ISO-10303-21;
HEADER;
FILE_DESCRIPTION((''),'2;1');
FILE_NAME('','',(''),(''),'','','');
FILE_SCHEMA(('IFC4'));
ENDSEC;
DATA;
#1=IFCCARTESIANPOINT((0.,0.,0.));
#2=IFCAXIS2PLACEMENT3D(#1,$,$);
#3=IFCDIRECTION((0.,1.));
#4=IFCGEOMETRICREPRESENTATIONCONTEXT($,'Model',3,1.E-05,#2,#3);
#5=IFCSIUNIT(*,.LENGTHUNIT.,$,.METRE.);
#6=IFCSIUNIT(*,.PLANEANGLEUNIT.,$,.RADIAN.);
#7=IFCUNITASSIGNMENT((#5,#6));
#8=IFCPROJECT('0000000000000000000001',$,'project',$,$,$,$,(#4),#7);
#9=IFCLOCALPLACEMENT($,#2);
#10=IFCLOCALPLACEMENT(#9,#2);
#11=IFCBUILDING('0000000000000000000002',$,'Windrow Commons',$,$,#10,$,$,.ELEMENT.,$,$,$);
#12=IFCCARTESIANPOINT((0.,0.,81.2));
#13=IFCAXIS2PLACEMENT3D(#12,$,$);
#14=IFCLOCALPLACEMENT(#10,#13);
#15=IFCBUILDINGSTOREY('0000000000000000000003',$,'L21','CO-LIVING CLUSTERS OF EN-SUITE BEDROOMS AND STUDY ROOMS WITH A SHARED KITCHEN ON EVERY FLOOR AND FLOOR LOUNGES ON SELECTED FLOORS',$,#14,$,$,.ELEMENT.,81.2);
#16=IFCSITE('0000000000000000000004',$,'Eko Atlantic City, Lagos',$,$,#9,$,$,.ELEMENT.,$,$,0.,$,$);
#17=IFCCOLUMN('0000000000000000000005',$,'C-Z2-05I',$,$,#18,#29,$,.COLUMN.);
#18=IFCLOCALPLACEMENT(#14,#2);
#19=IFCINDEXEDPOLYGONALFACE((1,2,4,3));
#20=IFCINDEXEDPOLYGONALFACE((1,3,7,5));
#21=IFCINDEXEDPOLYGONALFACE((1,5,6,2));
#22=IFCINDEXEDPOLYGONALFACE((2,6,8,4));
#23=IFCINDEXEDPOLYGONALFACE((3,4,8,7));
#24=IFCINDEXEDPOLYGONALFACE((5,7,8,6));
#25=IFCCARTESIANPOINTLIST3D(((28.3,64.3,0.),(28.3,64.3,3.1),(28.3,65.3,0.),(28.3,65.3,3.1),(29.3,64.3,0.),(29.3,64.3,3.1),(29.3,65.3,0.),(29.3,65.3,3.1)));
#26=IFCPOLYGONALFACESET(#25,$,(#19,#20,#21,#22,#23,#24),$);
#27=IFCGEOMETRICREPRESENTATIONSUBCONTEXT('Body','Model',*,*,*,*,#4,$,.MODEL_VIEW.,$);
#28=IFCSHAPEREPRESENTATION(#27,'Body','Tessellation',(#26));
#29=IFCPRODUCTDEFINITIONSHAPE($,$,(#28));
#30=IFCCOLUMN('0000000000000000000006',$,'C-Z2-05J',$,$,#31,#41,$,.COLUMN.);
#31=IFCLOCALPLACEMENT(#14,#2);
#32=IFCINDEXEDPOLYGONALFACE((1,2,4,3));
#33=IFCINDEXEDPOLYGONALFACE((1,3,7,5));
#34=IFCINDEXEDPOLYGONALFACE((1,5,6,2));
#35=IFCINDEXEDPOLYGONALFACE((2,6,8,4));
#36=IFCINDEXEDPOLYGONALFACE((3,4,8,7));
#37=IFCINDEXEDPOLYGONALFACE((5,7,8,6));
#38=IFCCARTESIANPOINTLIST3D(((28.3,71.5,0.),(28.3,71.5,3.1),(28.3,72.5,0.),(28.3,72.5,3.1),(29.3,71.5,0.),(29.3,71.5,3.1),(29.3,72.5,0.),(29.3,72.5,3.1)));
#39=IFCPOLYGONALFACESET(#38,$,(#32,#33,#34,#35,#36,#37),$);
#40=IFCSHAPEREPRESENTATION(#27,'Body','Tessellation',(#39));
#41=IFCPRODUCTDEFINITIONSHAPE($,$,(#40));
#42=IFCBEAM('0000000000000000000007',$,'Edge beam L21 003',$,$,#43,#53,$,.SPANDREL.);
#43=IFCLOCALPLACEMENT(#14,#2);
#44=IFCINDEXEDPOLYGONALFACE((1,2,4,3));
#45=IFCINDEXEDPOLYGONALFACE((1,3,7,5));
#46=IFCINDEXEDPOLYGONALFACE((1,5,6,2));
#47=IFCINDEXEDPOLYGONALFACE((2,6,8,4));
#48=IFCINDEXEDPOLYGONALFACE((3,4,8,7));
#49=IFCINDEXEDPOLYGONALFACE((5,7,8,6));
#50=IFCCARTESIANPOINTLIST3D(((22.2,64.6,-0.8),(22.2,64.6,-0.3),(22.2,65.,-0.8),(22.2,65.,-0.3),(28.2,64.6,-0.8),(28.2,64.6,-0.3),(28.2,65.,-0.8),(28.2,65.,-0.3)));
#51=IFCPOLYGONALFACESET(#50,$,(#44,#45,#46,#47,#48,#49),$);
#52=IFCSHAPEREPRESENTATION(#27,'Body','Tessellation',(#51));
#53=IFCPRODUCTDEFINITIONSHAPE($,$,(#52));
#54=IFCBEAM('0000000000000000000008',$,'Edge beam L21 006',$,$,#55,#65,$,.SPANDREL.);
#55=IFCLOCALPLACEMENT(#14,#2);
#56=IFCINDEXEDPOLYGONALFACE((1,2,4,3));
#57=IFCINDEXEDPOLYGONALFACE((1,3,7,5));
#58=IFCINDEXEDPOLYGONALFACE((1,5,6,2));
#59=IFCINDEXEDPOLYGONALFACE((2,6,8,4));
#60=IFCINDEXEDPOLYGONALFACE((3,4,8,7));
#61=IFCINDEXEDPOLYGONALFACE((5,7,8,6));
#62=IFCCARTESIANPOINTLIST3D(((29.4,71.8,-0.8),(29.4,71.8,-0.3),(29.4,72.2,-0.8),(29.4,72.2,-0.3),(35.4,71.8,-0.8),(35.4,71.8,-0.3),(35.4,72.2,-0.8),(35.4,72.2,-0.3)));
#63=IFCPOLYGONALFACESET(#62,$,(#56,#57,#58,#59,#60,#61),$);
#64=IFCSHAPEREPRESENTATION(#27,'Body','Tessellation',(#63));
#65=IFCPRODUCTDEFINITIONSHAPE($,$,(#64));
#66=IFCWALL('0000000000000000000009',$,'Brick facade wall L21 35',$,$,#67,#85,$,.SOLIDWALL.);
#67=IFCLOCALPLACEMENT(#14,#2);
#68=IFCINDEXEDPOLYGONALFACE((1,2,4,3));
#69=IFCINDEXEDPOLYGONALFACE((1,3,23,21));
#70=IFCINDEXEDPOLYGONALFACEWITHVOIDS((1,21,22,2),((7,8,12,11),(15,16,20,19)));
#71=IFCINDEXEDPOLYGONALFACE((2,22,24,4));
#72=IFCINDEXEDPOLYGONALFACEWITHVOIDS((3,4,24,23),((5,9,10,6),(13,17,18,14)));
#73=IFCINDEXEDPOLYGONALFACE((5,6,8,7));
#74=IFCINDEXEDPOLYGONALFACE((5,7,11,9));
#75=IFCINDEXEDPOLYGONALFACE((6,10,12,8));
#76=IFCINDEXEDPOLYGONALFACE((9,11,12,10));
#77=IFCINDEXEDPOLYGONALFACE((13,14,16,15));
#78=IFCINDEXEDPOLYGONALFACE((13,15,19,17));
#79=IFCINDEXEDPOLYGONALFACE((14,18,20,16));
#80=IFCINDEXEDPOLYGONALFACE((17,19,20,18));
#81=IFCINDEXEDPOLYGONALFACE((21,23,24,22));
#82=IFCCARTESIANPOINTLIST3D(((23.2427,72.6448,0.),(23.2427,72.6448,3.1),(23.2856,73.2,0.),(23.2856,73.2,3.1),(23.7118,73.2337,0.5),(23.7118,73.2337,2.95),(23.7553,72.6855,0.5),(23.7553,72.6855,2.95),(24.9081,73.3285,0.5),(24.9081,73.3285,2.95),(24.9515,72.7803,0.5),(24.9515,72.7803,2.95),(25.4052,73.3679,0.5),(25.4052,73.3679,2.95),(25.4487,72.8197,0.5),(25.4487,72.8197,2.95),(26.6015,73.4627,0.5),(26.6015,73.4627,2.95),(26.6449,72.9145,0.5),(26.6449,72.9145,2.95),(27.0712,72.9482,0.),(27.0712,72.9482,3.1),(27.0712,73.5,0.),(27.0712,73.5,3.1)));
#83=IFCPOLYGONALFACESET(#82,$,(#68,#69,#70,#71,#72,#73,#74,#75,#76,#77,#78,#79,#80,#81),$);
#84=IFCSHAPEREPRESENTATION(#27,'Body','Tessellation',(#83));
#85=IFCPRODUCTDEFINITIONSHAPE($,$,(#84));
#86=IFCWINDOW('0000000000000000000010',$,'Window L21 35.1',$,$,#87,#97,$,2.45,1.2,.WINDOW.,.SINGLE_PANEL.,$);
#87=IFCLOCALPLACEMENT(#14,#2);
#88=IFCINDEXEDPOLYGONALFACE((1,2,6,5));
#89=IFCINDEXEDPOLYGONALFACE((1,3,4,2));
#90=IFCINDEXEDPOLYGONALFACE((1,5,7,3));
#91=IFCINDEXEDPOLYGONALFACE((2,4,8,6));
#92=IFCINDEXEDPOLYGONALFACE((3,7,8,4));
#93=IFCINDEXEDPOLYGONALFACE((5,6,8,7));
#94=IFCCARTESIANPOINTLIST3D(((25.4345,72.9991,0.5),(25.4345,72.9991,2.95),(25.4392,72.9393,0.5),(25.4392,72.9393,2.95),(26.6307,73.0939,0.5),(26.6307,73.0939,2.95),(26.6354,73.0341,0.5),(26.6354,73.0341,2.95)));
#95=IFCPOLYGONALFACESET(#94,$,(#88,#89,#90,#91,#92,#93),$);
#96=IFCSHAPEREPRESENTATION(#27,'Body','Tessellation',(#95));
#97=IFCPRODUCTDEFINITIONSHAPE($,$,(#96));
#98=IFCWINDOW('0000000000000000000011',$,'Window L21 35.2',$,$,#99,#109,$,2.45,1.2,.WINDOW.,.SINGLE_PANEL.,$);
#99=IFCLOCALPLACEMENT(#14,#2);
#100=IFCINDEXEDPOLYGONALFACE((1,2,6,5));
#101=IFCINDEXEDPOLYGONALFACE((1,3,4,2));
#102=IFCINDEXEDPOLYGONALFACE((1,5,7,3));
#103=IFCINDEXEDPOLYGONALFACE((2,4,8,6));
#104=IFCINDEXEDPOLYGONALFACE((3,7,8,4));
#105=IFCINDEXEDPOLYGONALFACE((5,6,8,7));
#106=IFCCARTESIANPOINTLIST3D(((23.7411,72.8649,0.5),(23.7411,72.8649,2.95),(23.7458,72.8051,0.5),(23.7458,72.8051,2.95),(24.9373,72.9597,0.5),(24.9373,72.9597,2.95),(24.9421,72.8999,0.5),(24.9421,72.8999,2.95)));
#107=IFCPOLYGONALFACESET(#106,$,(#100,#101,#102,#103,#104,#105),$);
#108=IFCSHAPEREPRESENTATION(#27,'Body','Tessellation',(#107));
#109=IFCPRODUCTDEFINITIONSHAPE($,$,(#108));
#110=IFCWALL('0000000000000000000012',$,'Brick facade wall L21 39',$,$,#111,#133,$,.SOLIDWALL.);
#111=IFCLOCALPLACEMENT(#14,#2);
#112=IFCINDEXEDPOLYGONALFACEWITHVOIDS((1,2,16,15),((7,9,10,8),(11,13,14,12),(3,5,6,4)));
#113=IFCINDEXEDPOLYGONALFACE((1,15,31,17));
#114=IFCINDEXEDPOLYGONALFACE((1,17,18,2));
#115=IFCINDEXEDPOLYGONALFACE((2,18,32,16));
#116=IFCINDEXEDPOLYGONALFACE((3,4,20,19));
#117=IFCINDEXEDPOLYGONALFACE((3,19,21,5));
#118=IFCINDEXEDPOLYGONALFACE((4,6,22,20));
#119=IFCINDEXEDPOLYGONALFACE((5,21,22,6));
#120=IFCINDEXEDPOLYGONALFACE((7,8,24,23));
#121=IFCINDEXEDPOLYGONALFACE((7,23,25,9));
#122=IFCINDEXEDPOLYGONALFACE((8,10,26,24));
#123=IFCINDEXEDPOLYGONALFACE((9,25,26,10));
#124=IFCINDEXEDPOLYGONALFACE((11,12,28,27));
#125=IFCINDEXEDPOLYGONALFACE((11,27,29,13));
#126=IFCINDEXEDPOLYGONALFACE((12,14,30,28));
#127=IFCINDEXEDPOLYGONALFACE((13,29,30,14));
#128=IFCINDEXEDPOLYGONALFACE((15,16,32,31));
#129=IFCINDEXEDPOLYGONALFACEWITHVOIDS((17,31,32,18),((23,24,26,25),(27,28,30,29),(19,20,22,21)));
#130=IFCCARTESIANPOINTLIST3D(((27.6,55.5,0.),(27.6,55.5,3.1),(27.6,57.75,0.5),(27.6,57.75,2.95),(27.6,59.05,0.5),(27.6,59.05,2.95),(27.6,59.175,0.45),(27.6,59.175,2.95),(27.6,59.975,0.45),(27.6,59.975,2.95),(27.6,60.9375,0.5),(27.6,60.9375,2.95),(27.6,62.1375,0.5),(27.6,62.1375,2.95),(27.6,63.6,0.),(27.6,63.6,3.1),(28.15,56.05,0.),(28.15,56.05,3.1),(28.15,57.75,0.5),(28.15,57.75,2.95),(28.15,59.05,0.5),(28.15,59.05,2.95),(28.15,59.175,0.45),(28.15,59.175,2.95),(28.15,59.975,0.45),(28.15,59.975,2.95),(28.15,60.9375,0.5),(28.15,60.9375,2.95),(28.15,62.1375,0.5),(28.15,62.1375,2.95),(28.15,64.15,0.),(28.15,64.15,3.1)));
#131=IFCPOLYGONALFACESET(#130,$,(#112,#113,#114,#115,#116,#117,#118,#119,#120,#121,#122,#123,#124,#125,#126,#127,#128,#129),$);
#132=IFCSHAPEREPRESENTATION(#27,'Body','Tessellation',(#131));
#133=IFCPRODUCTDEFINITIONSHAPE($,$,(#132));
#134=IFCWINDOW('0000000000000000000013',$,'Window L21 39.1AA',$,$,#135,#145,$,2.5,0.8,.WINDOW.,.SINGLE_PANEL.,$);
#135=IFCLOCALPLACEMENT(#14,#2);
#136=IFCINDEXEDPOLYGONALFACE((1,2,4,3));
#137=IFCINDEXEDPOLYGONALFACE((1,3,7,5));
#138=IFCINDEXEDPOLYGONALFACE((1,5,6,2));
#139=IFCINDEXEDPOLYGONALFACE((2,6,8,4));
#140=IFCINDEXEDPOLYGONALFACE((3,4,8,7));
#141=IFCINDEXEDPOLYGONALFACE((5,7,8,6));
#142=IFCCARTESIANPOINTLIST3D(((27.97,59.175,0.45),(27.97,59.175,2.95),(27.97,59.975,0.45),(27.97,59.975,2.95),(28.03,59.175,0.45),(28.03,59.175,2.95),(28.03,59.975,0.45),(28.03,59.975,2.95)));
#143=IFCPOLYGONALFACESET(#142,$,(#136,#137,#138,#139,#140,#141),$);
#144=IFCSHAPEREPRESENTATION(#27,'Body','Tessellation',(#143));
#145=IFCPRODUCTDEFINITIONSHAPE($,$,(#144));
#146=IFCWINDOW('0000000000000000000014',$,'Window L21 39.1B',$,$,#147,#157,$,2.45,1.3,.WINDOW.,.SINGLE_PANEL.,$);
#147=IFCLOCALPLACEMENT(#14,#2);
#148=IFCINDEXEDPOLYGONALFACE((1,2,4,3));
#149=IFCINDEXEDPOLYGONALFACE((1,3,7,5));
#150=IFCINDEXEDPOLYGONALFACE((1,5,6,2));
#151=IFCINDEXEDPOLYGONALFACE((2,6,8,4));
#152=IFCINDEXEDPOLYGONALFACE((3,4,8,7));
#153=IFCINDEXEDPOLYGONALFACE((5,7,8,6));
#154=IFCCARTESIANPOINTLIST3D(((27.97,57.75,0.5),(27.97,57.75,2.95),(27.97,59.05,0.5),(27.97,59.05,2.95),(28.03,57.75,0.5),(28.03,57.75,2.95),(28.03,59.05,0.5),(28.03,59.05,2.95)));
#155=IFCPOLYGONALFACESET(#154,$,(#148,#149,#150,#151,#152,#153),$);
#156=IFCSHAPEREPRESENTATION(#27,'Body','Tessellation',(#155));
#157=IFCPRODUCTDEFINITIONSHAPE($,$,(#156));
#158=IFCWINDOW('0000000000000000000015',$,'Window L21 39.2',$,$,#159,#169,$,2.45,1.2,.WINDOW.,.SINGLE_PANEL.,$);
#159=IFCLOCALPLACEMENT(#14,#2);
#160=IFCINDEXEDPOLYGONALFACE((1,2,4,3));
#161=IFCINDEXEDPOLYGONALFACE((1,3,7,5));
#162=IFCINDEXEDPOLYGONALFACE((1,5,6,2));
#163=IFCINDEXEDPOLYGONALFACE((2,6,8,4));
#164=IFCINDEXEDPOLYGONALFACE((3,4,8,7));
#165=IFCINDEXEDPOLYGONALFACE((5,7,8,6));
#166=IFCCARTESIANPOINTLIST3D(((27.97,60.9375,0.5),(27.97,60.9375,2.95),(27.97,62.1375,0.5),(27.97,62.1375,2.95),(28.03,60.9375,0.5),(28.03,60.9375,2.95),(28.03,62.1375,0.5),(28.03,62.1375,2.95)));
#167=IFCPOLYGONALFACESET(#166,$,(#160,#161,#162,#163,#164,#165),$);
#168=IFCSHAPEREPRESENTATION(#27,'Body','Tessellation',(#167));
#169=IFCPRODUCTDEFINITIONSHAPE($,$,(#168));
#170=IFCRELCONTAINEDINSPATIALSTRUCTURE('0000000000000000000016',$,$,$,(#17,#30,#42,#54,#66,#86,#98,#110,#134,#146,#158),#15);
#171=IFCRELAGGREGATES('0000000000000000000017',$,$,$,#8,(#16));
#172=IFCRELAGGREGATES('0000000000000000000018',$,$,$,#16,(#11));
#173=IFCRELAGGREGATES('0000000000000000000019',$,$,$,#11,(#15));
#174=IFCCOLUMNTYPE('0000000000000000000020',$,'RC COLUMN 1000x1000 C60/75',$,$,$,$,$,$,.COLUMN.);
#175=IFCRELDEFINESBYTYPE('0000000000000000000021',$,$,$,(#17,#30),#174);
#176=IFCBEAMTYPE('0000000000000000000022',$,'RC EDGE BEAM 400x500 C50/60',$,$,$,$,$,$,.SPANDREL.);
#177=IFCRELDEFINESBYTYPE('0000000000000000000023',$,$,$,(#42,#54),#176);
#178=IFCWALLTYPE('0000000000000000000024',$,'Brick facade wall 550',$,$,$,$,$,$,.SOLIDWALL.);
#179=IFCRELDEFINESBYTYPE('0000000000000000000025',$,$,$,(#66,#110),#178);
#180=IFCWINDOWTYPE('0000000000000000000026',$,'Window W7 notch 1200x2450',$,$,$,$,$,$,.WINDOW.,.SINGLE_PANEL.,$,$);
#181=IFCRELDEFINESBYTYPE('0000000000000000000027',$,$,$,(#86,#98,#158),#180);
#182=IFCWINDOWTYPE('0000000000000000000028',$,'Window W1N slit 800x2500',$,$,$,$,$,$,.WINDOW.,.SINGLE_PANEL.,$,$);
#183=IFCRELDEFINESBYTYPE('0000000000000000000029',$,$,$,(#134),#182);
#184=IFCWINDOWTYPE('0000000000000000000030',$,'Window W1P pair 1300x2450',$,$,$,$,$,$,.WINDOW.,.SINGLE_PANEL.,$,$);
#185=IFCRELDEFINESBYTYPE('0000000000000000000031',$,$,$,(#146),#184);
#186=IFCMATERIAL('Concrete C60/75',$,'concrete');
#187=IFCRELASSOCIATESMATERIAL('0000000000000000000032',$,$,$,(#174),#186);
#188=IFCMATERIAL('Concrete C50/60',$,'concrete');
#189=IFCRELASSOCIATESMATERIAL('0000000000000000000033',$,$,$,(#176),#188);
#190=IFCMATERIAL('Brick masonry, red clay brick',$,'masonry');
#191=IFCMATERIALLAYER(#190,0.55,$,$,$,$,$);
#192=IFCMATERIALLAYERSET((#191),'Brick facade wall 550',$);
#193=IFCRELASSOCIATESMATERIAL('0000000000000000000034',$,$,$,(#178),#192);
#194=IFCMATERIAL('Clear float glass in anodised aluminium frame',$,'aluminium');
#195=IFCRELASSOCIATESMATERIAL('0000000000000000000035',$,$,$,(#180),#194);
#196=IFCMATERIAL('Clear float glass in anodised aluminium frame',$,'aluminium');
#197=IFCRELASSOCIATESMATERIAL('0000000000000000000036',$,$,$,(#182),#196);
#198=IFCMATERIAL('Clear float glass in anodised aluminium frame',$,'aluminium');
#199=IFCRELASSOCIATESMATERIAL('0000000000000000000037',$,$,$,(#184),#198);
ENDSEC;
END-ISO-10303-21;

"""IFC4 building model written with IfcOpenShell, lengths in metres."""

from ifc_helpers import new_model, si_unit, direction, frame, frame_2d, origin, origin_2d, place, context, subcontext, project, spatial, polyline, rectangle, outline, extrude, material, layer, layer_set, material_profile, profile_set, type_object, element, fill, save


model = new_model("IFC4")

# Units and contexts
model_context = context("Model", 3, precision=1e-05, world=origin(), true_north=direction((0.0, 1.0)))
body_context = subcontext(model_context, "Body", "Model", "MODEL_VIEW")
ifc_project = project(units=[si_unit("LENGTHUNIT", "METRE"), si_unit("PLANEANGLEUNIT", "RADIAN")], contexts=[model_context])

# Site, building, storey
site_placement = place(None, origin())
site = spatial("IfcSite", under=ifc_project, at=site_placement, Name="Eko Atlantic City, Lagos", CompositionType="ELEMENT", RefElevation=0.0)
building_placement = place(site_placement, origin())
building = spatial("IfcBuilding", under=site, at=building_placement, Name="Windrow Commons", CompositionType="ELEMENT")
storey_placement = place(building_placement, frame((0.0, 0.0, 81.2)))
storey = spatial("IfcBuildingStorey", under=building, at=storey_placement, Name="L21", Description="CO-LIVING CLUSTERS OF EN-SUITE BEDROOMS AND STUDY ROOMS WITH A SHARED KITCHEN ON EVERY FLOOR AND FLOOR LOUNGES ON SELECTED FLOORS", CompositionType="ELEMENT", Elevation=81.2)

# Columns
ifc_material_1 = material(Name="Concrete C60/75", Category="concrete")
ifc_material_profile_1 = material_profile(ifc_material_1, rectangle(XDim=1.0, YDim=1.0, at=origin_2d()))
ifc_profile_set_1 = profile_set([ifc_material_profile_1], Name="Concrete C60/75")
column_type = type_object("IfcColumnType", Name="RC COLUMN 1000x1000 C60/75", PredefinedType="COLUMN", material=ifc_profile_set_1)
for number, where, z_axis, x_axis, name in (
    (1, (28.8, 64.8, 0.0), (0.0, 0.0, 1.0), (1.0, 0.0, 0.0), "C-Z2-05I"),
    (2, (28.8, 72.0, 0.0), (0.0, 0.0, 1.0), (1.0, 0.0, 0.0), "C-Z2-05J"),
):
    element("IfcColumn", number, at=place(storey_placement, frame(where, z_axis=z_axis, x_axis=x_axis)), inside=storey, type_object=column_type, Name=name, PredefinedType="COLUMN", context=body_context, shape_type="SweptSolid", body=[
        extrude(rectangle(XDim=1.0, YDim=1.0, at=origin_2d()), origin(), (0.0, 0.0, 1.0), 3.1),
    ])

# Beams
ifc_material_2 = material(Name="Concrete C50/60", Category="concrete")
ifc_material_profile_2 = material_profile(ifc_material_2, rectangle(XDim=0.4, YDim=0.5, at=origin_2d()))
ifc_profile_set_2 = profile_set([ifc_material_profile_2], Name="Concrete C50/60")
beam_type = type_object("IfcBeamType", Name="RC EDGE BEAM 400x500 C50/60", PredefinedType="SPANDREL", material=ifc_profile_set_2)
for number, where, z_axis, x_axis, name in (
    (3, (28.2, 64.8, -0.55), (-1.0, 0.0, 0.0), (0.0, -1.0, 0.0), "Edge beam L21 003"),
    (4, (29.4, 72.0, -0.55), (1.0, 0.0, 0.0), (0.0, 1.0, 0.0), "Edge beam L21 006"),
):
    element("IfcBeam", number, at=place(storey_placement, frame(where, z_axis=z_axis, x_axis=x_axis)), inside=storey, type_object=beam_type, Name=name, PredefinedType="SPANDREL", context=body_context, shape_type="SweptSolid", body=[
        extrude(rectangle(XDim=0.4, YDim=0.5, at=origin_2d()), origin(), (0.0, 0.0, 1.0), 6.0),
    ])

# Walls, openings, windows
ifc_material_3 = material(Name="Brick masonry, red clay brick", Category="masonry")
ifc_layer_1 = layer(ifc_material_3, 0.55)
ifc_layer_set_1 = layer_set([ifc_layer_1], Name="Brick facade wall 550")
wall_type_1 = type_object("IfcWallType", Name="Brick facade wall 550", PredefinedType="SOLIDWALL", material=ifc_layer_set_1)
wall_1_placement = place(storey_placement, frame((27.0712, 73.2241, 0.0), z_axis=(0.0, 0.0, 1.0), x_axis=(-0.996875, -0.079001, 0.0)))
wall_1 = element("IfcWall", 5, at=wall_1_placement, inside=storey, type_object=wall_type_1, Name="Brick facade wall L21 35", PredefinedType="SOLIDWALL", context=body_context, shape_type="SweptSolid", body=[
    extrude(outline(polyline([(-0.0218, -0.275), (3.7757, -0.275), (3.8623, 0.275), (0.0218, 0.275), (-0.0218, -0.275)])), origin(), (0.0, 0.0, 1.0), 3.1),
])
opening_1_placement = place(wall_1_placement, frame((0.4494, 0.0, 0.5)))
opening_1 = element("IfcOpeningElement", 6, at=opening_1_placement, cuts=wall_1, PredefinedType="OPENING", context=body_context, shape_type="SweptSolid", body=[
    extrude(rectangle(XDim=1.2, YDim=2.45, at=frame_2d((0.6, 1.225))), frame((0.0, 0.285, 0.0), z_axis=(0.0, -1.0, 0.0), x_axis=(1.0, 0.0, 0.0)), (0.0, 0.0, 1.0), 0.57),
])
opening_2_placement = place(wall_1_placement, frame((2.1481, 0.0, 0.5)))
opening_2 = element("IfcOpeningElement", 7, at=opening_2_placement, cuts=wall_1, PredefinedType="OPENING", context=body_context, shape_type="SweptSolid", body=[
    extrude(rectangle(XDim=1.2, YDim=2.45, at=frame_2d((0.6, 1.225))), frame((0.0, 0.285, 0.0), z_axis=(0.0, -1.0, 0.0), x_axis=(1.0, 0.0, 0.0)), (0.0, 0.0, 1.0), 0.57),
])
ifc_material_4 = material(Name="Clear float glass in anodised aluminium frame", Category="aluminium")
window_type_1 = type_object("IfcWindowType", Name="Window W7 notch 1200x2450", PartitioningType="SINGLE_PANEL", PredefinedType="WINDOW", material=ifc_material_4)
window_1_placement = place(opening_1_placement, origin())
window_1 = element("IfcWindow", 8, at=window_1_placement, inside=storey, type_object=window_type_1, Name="Window L21 35.1", OverallHeight=2.45, OverallWidth=1.2, PartitioningType="SINGLE_PANEL", PredefinedType="WINDOW", context=body_context, shape_type="SweptSolid", body=[
    extrude(rectangle(XDim=1.2, YDim=2.45, at=frame_2d((0.6, 1.225))), frame((0.0, 0.155, 0.0), z_axis=(0.0, -1.0, 0.0), x_axis=(1.0, 0.0, 0.0)), (0.0, 0.0, 1.0), 0.06),
])
fill(opening_1, window_1)
window_2_placement = place(opening_2_placement, origin())
window_2 = element("IfcWindow", 9, at=window_2_placement, inside=storey, type_object=window_type_1, Name="Window L21 35.2", OverallHeight=2.45, OverallWidth=1.2, PartitioningType="SINGLE_PANEL", PredefinedType="WINDOW", context=body_context, shape_type="SweptSolid", body=[
    extrude(rectangle(XDim=1.2, YDim=2.45, at=frame_2d((0.6, 1.225))), frame((0.0, 0.155, 0.0), z_axis=(0.0, -1.0, 0.0), x_axis=(1.0, 0.0, 0.0)), (0.0, 0.0, 1.0), 0.06),
])
fill(opening_2, window_2)
wall_2_placement = place(storey_placement, frame((27.875, 63.875, 0.0), z_axis=(0.0, 0.0, 1.0), x_axis=(0.0, -1.0, 0.0)))
wall_2 = element("IfcWall", 10, at=wall_2_placement, inside=storey, type_object=wall_type_1, Name="Brick facade wall L21 39", PredefinedType="SOLIDWALL", context=body_context, shape_type="SweptSolid", body=[
    extrude(outline(polyline([(0.275, -0.275), (8.375, -0.275), (7.825, 0.275), (-0.275, 0.275), (0.275, -0.275)])), origin(), (0.0, 0.0, 1.0), 3.1),
])
opening_3_placement = place(wall_2_placement, frame((4.825, 0.0, 0.5)))
opening_3 = element("IfcOpeningElement", 11, at=opening_3_placement, cuts=wall_2, PredefinedType="OPENING", context=body_context, shape_type="SweptSolid", body=[
    extrude(rectangle(XDim=1.3, YDim=2.45, at=frame_2d((0.65, 1.225))), frame((0.0, 0.285, 0.0), z_axis=(0.0, -1.0, 0.0), x_axis=(1.0, 0.0, 0.0)), (0.0, 0.0, 1.0), 0.57),
])
opening_4_placement = place(wall_2_placement, frame((1.7375, 0.0, 0.5)))
opening_4 = element("IfcOpeningElement", 12, at=opening_4_placement, cuts=wall_2, PredefinedType="OPENING", context=body_context, shape_type="SweptSolid", body=[
    extrude(rectangle(XDim=1.2, YDim=2.45, at=frame_2d((0.6, 1.225))), frame((0.0, 0.285, 0.0), z_axis=(0.0, -1.0, 0.0), x_axis=(1.0, 0.0, 0.0)), (0.0, 0.0, 1.0), 0.57),
])
opening_5_placement = place(wall_2_placement, frame((3.9, 0.0, 0.45)))
opening_5 = element("IfcOpeningElement", 13, at=opening_5_placement, cuts=wall_2, PredefinedType="OPENING", context=body_context, shape_type="SweptSolid", body=[
    extrude(rectangle(XDim=0.8, YDim=2.5, at=frame_2d((0.4, 1.25))), frame((0.0, 0.285, 0.0), z_axis=(0.0, -1.0, 0.0), x_axis=(1.0, 0.0, 0.0)), (0.0, 0.0, 1.0), 0.57),
])
ifc_material_5 = material(Name="Clear float glass in anodised aluminium frame", Category="aluminium")
window_type_2 = type_object("IfcWindowType", Name="Window W1N slit 800x2500", PartitioningType="SINGLE_PANEL", PredefinedType="WINDOW", material=ifc_material_5)
window_3_placement = place(opening_5_placement, origin())
window_3 = element("IfcWindow", 14, at=window_3_placement, inside=storey, type_object=window_type_2, Name="Window L21 39.1AA", OverallHeight=2.5, OverallWidth=0.8, PartitioningType="SINGLE_PANEL", PredefinedType="WINDOW", context=body_context, shape_type="SweptSolid", body=[
    extrude(rectangle(XDim=0.8, YDim=2.5, at=frame_2d((0.4, 1.25))), frame((0.0, 0.155, 0.0), z_axis=(0.0, -1.0, 0.0), x_axis=(1.0, 0.0, 0.0)), (0.0, 0.0, 1.0), 0.06),
])
fill(opening_5, window_3)
ifc_material_6 = material(Name="Clear float glass in anodised aluminium frame", Category="aluminium")
window_type_3 = type_object("IfcWindowType", Name="Window W1P pair 1300x2450", PartitioningType="SINGLE_PANEL", PredefinedType="WINDOW", material=ifc_material_6)
window_4_placement = place(opening_3_placement, origin())
window_4 = element("IfcWindow", 15, at=window_4_placement, inside=storey, type_object=window_type_3, Name="Window L21 39.1B", OverallHeight=2.45, OverallWidth=1.3, PartitioningType="SINGLE_PANEL", PredefinedType="WINDOW", context=body_context, shape_type="SweptSolid", body=[
    extrude(rectangle(XDim=1.3, YDim=2.45, at=frame_2d((0.65, 1.225))), frame((0.0, 0.155, 0.0), z_axis=(0.0, -1.0, 0.0), x_axis=(1.0, 0.0, 0.0)), (0.0, 0.0, 1.0), 0.06),
])
fill(opening_3, window_4)
window_5_placement = place(opening_4_placement, origin())
window_5 = element("IfcWindow", 16, at=window_5_placement, inside=storey, type_object=window_type_1, Name="Window L21 39.2", OverallHeight=2.45, OverallWidth=1.2, PartitioningType="SINGLE_PANEL", PredefinedType="WINDOW", context=body_context, shape_type="SweptSolid", body=[
    extrude(rectangle(XDim=1.2, YDim=2.45, at=frame_2d((0.6, 1.225))), frame((0.0, 0.155, 0.0), z_axis=(0.0, -1.0, 0.0), x_axis=(1.0, 0.0, 0.0)), (0.0, 0.0, 1.0), 0.06),
])
fill(opening_4, window_5)

save(model, "model.ifc")
